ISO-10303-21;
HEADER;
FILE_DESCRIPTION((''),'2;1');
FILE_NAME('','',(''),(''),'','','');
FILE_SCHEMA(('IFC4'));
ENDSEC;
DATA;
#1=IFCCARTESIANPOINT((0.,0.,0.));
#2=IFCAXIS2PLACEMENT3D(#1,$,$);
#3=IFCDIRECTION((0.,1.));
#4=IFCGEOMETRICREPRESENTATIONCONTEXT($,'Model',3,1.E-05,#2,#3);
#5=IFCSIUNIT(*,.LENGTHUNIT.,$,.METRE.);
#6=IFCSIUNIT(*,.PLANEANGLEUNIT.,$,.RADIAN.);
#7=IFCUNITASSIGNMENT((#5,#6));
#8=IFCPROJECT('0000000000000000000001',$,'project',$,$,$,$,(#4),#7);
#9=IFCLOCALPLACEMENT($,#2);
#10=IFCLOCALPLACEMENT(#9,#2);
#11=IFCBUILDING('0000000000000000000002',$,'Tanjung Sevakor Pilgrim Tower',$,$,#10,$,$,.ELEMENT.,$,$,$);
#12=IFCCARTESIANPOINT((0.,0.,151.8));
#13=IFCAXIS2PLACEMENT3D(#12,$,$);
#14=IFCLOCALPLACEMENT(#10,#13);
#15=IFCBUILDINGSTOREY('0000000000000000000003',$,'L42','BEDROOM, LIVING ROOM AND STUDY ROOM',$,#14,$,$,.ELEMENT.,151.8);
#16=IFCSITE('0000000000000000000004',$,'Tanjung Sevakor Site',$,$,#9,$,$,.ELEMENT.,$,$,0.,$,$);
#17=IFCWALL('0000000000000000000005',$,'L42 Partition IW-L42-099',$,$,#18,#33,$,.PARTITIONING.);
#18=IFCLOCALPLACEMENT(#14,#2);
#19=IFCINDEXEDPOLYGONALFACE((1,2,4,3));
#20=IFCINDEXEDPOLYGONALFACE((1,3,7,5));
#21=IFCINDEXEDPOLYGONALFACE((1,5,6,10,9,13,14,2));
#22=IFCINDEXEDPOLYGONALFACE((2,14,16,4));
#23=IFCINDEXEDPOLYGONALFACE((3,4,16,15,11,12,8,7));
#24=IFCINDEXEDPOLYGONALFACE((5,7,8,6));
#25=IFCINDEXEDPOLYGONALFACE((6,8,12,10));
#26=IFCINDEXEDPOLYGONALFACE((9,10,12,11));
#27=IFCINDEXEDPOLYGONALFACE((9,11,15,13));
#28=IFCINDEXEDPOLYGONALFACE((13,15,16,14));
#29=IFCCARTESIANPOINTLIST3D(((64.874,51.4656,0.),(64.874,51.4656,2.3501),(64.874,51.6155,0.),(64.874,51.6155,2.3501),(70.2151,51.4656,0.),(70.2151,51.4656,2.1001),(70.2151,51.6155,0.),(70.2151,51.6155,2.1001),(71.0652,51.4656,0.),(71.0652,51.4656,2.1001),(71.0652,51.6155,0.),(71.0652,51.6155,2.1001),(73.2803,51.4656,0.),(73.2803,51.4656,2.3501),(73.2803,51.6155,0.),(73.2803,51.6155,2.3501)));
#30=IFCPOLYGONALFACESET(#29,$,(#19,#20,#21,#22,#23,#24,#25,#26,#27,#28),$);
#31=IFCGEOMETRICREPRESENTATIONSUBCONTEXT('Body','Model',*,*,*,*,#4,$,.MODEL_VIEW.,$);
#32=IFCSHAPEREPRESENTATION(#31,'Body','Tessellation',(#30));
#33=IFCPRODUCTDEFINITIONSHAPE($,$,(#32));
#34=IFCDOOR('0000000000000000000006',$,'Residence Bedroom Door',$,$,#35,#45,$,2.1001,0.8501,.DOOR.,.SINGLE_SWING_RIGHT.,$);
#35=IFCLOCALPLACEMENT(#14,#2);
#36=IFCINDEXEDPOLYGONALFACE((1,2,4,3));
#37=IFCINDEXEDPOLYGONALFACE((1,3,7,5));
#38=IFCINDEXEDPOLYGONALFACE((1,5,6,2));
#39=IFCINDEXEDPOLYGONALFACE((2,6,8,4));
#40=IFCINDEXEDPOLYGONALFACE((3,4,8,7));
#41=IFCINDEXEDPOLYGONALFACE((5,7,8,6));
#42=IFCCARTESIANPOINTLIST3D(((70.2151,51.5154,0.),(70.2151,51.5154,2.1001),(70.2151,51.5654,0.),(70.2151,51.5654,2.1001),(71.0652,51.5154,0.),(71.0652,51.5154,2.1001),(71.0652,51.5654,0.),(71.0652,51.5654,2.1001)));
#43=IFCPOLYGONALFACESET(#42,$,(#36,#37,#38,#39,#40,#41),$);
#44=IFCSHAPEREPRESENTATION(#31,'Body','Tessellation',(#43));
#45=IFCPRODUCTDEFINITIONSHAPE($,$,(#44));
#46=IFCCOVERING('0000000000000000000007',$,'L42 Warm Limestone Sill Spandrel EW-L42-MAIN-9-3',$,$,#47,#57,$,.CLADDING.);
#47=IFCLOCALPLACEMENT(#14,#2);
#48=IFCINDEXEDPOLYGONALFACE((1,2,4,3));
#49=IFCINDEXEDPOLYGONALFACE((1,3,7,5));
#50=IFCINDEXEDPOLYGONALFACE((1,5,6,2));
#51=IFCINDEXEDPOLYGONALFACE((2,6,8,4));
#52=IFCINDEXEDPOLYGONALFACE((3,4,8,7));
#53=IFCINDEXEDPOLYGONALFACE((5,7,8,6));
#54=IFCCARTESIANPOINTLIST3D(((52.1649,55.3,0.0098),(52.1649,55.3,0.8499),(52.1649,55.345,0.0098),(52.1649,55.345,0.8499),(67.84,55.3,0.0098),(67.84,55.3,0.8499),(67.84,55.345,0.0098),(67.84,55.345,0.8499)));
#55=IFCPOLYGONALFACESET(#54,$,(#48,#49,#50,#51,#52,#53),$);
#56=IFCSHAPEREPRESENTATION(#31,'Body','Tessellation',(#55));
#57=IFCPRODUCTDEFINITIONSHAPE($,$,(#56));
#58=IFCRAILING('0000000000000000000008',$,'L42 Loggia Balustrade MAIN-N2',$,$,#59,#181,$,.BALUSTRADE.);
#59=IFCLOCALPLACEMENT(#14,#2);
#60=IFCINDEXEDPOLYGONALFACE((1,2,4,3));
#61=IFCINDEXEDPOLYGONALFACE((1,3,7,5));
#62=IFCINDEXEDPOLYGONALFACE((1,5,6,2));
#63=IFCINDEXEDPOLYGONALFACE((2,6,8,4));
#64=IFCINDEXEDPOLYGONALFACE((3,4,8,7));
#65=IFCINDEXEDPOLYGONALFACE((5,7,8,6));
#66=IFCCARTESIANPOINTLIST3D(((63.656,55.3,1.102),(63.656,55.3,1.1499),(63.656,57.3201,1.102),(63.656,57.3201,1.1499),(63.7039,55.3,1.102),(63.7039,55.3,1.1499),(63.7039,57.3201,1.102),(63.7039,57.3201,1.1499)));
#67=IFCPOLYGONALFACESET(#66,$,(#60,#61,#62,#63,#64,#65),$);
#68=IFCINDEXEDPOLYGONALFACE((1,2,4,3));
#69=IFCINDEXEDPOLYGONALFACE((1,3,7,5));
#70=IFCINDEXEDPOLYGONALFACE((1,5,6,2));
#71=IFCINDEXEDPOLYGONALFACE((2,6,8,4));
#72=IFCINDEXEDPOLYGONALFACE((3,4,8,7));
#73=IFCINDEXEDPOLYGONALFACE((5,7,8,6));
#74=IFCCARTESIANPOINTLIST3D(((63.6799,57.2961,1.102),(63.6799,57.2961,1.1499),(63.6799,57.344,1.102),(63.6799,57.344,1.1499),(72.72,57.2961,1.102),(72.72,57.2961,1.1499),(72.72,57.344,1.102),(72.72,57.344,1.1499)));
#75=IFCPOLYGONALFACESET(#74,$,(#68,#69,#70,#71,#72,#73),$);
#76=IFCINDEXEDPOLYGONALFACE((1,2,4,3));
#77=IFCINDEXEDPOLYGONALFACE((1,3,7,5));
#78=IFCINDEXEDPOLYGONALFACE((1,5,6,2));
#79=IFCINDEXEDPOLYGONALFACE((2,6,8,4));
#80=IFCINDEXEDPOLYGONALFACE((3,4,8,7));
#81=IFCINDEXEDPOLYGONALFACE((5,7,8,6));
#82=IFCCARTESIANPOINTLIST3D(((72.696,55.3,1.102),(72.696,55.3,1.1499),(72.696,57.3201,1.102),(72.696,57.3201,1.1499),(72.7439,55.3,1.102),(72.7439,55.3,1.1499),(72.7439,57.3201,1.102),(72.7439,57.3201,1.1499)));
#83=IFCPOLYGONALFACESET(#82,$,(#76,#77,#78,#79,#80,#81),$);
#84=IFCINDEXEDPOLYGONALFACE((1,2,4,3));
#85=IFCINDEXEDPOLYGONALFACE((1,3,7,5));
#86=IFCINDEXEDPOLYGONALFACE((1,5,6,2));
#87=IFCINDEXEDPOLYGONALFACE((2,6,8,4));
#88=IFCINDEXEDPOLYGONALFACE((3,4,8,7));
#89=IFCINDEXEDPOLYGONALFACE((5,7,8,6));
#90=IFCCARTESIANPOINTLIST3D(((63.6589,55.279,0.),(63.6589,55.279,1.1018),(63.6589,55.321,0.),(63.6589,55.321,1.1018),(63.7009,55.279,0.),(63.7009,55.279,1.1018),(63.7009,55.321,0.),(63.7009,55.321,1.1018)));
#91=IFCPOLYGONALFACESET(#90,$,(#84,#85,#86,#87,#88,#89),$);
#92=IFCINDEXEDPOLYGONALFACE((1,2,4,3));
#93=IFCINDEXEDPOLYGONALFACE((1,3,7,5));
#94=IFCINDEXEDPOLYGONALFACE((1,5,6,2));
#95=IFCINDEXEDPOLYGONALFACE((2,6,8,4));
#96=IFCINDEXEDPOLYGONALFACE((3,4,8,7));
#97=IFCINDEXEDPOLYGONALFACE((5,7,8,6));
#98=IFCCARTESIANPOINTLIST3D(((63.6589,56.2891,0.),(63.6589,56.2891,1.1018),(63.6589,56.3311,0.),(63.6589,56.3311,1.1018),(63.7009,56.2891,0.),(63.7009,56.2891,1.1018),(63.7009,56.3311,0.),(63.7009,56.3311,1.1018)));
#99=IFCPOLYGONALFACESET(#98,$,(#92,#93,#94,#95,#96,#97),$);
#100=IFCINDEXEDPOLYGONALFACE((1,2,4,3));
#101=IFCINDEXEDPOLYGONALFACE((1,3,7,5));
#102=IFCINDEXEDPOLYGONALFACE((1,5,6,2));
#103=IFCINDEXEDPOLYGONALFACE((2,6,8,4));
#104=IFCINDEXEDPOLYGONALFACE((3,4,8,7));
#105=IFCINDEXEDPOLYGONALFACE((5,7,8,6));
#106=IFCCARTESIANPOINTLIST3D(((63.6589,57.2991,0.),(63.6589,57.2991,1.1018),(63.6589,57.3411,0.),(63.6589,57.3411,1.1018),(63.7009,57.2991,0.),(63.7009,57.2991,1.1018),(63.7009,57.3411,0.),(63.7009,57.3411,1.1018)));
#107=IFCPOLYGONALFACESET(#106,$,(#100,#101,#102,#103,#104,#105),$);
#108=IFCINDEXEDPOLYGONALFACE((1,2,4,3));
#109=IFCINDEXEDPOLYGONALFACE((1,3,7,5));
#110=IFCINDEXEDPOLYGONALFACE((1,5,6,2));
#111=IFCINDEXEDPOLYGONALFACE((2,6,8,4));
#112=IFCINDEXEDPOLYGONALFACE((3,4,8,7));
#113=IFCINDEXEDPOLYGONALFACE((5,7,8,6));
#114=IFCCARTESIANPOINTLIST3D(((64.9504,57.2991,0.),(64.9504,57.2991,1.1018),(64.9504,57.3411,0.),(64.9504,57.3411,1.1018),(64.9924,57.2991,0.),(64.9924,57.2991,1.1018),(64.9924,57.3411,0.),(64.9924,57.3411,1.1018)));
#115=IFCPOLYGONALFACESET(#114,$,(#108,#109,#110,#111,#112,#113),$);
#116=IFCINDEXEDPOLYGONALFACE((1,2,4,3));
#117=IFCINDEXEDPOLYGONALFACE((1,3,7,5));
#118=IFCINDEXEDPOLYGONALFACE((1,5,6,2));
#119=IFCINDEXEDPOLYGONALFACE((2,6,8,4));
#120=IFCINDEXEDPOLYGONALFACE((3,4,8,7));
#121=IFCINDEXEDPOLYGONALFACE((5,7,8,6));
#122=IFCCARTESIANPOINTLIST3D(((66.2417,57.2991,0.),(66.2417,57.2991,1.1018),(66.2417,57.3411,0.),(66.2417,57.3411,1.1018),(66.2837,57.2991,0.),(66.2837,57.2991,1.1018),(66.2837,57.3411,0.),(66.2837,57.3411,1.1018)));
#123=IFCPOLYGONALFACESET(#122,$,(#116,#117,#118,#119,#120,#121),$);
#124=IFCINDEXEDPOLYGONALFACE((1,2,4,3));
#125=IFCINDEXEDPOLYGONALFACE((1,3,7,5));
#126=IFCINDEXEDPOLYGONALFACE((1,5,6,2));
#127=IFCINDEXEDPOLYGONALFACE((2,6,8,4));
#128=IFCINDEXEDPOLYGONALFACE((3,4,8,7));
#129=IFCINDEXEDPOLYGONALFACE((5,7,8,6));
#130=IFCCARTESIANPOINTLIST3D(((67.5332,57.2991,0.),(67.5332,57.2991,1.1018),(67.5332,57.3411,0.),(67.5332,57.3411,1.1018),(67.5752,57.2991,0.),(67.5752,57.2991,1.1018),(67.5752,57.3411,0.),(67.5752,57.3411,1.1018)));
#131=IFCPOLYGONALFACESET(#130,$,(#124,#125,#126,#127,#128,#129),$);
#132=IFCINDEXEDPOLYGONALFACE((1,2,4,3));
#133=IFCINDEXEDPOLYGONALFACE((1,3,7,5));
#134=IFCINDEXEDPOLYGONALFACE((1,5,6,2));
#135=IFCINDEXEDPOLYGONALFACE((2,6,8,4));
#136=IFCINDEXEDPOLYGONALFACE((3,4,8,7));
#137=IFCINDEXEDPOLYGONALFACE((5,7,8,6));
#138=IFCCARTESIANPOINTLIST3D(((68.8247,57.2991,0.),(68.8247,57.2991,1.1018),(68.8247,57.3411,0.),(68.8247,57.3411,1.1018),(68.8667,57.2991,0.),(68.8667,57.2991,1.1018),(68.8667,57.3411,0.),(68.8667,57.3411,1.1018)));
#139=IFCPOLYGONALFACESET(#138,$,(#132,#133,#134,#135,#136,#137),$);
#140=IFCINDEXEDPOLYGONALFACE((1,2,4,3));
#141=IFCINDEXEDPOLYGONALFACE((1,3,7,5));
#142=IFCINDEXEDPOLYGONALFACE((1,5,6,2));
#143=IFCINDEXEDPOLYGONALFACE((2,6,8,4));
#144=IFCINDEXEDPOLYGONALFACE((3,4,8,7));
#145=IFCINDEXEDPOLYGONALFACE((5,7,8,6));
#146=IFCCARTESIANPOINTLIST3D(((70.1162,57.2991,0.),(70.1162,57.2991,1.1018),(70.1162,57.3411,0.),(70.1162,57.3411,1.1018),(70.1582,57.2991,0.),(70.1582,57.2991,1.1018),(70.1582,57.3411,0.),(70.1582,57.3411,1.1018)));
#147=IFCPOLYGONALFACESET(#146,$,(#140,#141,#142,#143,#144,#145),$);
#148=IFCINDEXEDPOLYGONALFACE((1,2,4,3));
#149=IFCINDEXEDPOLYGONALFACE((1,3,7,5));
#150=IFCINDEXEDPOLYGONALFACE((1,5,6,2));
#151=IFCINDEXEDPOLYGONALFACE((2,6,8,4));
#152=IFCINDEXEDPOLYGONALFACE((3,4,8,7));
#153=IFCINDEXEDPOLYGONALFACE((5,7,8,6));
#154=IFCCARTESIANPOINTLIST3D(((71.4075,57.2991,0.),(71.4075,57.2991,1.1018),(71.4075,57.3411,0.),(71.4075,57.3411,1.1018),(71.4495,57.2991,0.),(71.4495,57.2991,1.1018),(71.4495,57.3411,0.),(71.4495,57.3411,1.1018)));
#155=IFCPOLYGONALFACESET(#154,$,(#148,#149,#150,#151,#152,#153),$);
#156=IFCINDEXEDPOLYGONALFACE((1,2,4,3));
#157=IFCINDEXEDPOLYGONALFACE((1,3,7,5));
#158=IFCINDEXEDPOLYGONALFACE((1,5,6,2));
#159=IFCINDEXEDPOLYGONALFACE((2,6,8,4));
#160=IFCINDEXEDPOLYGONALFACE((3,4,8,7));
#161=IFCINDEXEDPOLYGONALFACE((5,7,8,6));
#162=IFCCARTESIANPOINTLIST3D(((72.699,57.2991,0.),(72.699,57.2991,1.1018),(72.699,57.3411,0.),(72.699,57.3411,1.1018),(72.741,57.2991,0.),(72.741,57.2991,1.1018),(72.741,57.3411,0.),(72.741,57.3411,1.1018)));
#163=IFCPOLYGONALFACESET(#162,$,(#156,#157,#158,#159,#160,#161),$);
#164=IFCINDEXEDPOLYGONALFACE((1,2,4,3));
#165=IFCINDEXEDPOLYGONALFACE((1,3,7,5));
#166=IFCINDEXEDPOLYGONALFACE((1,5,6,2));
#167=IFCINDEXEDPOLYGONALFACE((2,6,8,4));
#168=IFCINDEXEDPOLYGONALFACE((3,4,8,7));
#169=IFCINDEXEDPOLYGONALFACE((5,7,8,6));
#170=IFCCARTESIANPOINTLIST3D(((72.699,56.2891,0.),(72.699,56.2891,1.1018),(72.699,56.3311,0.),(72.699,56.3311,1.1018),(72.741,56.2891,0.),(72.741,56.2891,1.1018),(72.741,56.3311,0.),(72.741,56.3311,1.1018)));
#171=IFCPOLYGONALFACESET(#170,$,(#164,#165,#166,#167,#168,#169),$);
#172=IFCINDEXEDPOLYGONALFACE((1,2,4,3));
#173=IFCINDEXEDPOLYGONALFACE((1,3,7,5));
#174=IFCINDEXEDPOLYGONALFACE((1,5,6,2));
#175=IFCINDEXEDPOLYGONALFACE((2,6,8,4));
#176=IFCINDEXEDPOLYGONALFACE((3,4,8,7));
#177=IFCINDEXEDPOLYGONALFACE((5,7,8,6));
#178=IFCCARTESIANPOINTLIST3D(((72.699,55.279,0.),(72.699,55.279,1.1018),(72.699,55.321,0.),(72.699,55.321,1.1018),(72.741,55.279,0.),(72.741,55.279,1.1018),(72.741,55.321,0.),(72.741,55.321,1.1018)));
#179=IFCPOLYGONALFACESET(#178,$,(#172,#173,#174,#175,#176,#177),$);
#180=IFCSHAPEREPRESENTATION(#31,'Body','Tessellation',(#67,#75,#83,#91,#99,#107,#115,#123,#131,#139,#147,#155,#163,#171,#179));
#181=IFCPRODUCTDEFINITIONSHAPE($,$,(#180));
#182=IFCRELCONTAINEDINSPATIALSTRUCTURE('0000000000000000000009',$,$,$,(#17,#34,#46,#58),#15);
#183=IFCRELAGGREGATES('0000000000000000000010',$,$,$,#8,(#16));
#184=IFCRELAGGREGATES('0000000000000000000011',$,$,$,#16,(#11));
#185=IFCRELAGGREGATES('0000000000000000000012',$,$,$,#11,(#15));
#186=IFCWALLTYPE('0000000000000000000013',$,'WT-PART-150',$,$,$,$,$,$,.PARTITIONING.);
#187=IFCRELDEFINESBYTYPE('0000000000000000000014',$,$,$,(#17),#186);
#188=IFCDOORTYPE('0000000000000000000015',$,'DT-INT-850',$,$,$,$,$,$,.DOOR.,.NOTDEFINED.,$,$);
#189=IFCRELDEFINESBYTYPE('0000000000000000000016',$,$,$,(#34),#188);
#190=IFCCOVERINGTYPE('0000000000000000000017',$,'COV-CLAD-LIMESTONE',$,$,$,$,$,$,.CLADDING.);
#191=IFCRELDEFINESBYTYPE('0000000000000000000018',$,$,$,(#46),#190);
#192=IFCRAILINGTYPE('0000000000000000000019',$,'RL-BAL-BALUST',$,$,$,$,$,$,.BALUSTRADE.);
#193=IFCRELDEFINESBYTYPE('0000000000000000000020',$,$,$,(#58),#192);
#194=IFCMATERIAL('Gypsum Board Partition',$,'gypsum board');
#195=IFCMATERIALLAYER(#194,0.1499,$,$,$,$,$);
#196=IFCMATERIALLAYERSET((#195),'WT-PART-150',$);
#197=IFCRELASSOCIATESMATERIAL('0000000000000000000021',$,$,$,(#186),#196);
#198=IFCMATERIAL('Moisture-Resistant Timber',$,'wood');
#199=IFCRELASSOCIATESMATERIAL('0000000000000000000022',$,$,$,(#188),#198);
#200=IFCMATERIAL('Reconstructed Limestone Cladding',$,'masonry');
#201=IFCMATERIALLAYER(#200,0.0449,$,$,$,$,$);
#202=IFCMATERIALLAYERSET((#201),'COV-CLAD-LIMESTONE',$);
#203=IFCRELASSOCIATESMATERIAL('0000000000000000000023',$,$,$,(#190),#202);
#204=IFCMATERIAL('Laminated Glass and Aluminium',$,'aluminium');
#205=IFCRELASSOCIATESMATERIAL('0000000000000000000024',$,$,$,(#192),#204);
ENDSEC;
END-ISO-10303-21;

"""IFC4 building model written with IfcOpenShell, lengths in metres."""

from ifc_helpers import new_model, si_unit, direction, frame, frame_2d, origin, origin_2d, place, context, subcontext, project, spatial, rectangle, extrude, material, layer, layer_set, type_object, element, fill, save


model = new_model("IFC4")

# Units and contexts
model_context = context("Model", 3, precision=1e-05, world=origin(), true_north=direction((0.0, 1.0)))
body_context = subcontext(model_context, "Body", "Model", "MODEL_VIEW")
ifc_project = project(units=[si_unit("LENGTHUNIT", "METRE"), si_unit("PLANEANGLEUNIT", "RADIAN")], contexts=[model_context])

# Site, building, storey
site_placement = place(None, origin())
site = spatial("IfcSite", under=ifc_project, at=site_placement, Name="Tanjung Sevakor Site", CompositionType="ELEMENT", RefElevation=0.0)
building_placement = place(site_placement, origin())
building = spatial("IfcBuilding", under=site, at=building_placement, Name="Tanjung Sevakor Pilgrim Tower", CompositionType="ELEMENT")
storey_placement = place(building_placement, frame((0.0, 0.0, 151.8)))
storey = spatial("IfcBuildingStorey", under=building, at=storey_placement, Name="L42", Description="BEDROOM, LIVING ROOM AND STUDY ROOM", CompositionType="ELEMENT", Elevation=151.8)

# Shared definitions
ifc_material_1 = material(Name="Gypsum Board Partition", Category="gypsum board")
ifc_layer_1 = layer(ifc_material_1, 0.1499)
ifc_layer_set_1 = layer_set([ifc_layer_1], Name="WT-PART-150")
wall_type_1 = type_object("IfcWallType", Name="WT-PART-150", PredefinedType="PARTITIONING", material=ifc_layer_set_1)
ifc_material_2 = material(Name="Moisture-Resistant Timber", Category="wood")
door_type_1 = type_object("IfcDoorType", Name="DT-INT-850", OperationType="NOTDEFINED", PredefinedType="DOOR", material=ifc_material_2)

# Wall, opening, door
wall_1_placement = place(storey_placement, frame((64.874, 51.5405, 0.0), z_axis=(0.0, 0.0, 1.0), x_axis=(1.0, 0.0, 0.0)))
wall_1 = element("IfcWall", 1, at=wall_1_placement, inside=storey, type_object=wall_type_1, Name="L42 Partition IW-L42-099", PredefinedType="PARTITIONING", context=body_context, shape_type="SweptSolid", body=[
    extrude(rectangle(XDim=8.4062, YDim=0.1499, at=frame_2d((4.2031, 0.0))), origin(), (0.0, 0.0, 1.0), 2.3501),
])
opening_1_placement = place(wall_1_placement, frame((5.3411, 0.0, 0.0)))
opening_1 = element("IfcOpeningElement", 2, at=opening_1_placement, cuts=wall_1, PredefinedType="OPENING", context=body_context, shape_type="SweptSolid", body=[
    extrude(rectangle(XDim=0.8501, YDim=2.1001, at=frame_2d((0.425, 1.05))), frame((0.0, 0.085, 0.0), z_axis=(0.0, -1.0, 0.0), x_axis=(1.0, 0.0, 0.0)), (0.0, 0.0, 1.0), 0.1699),
])
door_1_placement = place(opening_1_placement, origin())
door_1 = element("IfcDoor", 3, at=door_1_placement, inside=storey, type_object=door_type_1, Name="Residence Bedroom Door", OperationType="SINGLE_SWING_RIGHT", OverallHeight=2.1001, OverallWidth=0.8501, PredefinedType="DOOR", context=body_context, shape_type="SweptSolid", body=[
    extrude(rectangle(XDim=0.8501, YDim=2.1001, at=frame_2d((0.425, 1.05))), frame((0.0, 0.0249, 0.0), z_axis=(0.0, -1.0, 0.0), x_axis=(1.0, 0.0, 0.0)), (0.0, 0.0, 1.0), 0.05),
])
fill(opening_1, door_1)

# Covering
ifc_material_3 = material(Name="Reconstructed Limestone Cladding", Category="masonry")
ifc_layer_2 = layer(ifc_material_3, 0.0449)
ifc_layer_set_2 = layer_set([ifc_layer_2], Name="COV-CLAD-LIMESTONE")
covering_type = type_object("IfcCoveringType", Name="COV-CLAD-LIMESTONE", PredefinedType="CLADDING", material=ifc_layer_set_2)
covering_placement = place(storey_placement, frame((60.0024, 55.3225, 0.0098), z_axis=(0.0, 0.0, 1.0), x_axis=(-1.0, 0.0, 0.0)))
element("IfcCovering", 4, at=covering_placement, inside=storey, type_object=covering_type, Name="L42 Warm Limestone Sill Spandrel EW-L42-MAIN-9-3", PredefinedType="CLADDING", context=body_context, shape_type="SweptSolid", body=[
    extrude(rectangle(XDim=15.675, YDim=0.0449, at=origin_2d()), origin(), (0.0, 0.0, 1.0), 0.8401),
])

# Railing
ifc_material_4 = material(Name="Laminated Glass and Aluminium", Category="aluminium")
railing_type = type_object("IfcRailingType", Name="RL-BAL-BALUST", PredefinedType="BALUSTRADE", material=ifc_material_4)
railing_placement = place(storey_placement, frame((63.6799, 55.3, 0.0)))
element("IfcRailing", 5, at=railing_placement, inside=storey, type_object=railing_type, Name="L42 Loggia Balustrade MAIN-N2", PredefinedType="BALUSTRADE", context=body_context, shape_type="SweptSolid", body=[
    extrude(rectangle(XDim=0.0479, YDim=0.0479), frame((0.0, 0.0, 1.126), z_axis=(0.0, 1.0, 0.0), x_axis=(-1.0, 0.0, 0.0)), (0.0, 0.0, 1.0), 2.02),
    extrude(rectangle(XDim=0.0479, YDim=0.0479), frame((0.0, 2.02, 1.126), z_axis=(1.0, 0.0, 0.0), x_axis=(0.0, 1.0, 0.0)), (0.0, 0.0, 1.0), 9.04),
    extrude(rectangle(XDim=0.0479, YDim=0.0479), frame((9.04, 2.02, 1.126), z_axis=(0.0, -1.0, 0.0), x_axis=(1.0, 0.0, 0.0)), (0.0, 0.0, 1.0), 2.02),
    extrude(rectangle(XDim=0.042, YDim=0.042), origin(), (0.0, 0.0, 1.0), 1.1018),
    extrude(rectangle(XDim=0.042, YDim=0.042), frame((0.0, 1.01, 0.0)), (0.0, 0.0, 1.0), 1.1018),
    extrude(rectangle(XDim=0.042, YDim=0.042), frame((0.0, 2.02, 0.0)), (0.0, 0.0, 1.0), 1.1018),
    extrude(rectangle(XDim=0.042, YDim=0.042), frame((1.2915, 2.02, 0.0)), (0.0, 0.0, 1.0), 1.1018),
    extrude(rectangle(XDim=0.042, YDim=0.042), frame((2.5828, 2.02, 0.0)), (0.0, 0.0, 1.0), 1.1018),
    extrude(rectangle(XDim=0.042, YDim=0.042), frame((3.8743, 2.02, 0.0)), (0.0, 0.0, 1.0), 1.1018),
    extrude(rectangle(XDim=0.042, YDim=0.042), frame((5.1658, 2.02, 0.0)), (0.0, 0.0, 1.0), 1.1018),
    extrude(rectangle(XDim=0.042, YDim=0.042), frame((6.4573, 2.02, 0.0)), (0.0, 0.0, 1.0), 1.1018),
    extrude(rectangle(XDim=0.042, YDim=0.042), frame((7.7485, 2.02, 0.0)), (0.0, 0.0, 1.0), 1.1018),
    extrude(rectangle(XDim=0.042, YDim=0.042), frame((9.04, 2.02, 0.0)), (0.0, 0.0, 1.0), 1.1018),
    extrude(rectangle(XDim=0.042, YDim=0.042), frame((9.04, 1.01, 0.0)), (0.0, 0.0, 1.0), 1.1018),
    extrude(rectangle(XDim=0.042, YDim=0.042), frame((9.04, 0.0, 0.0)), (0.0, 0.0, 1.0), 1.1018),
])

save(model, "model.ifc")
